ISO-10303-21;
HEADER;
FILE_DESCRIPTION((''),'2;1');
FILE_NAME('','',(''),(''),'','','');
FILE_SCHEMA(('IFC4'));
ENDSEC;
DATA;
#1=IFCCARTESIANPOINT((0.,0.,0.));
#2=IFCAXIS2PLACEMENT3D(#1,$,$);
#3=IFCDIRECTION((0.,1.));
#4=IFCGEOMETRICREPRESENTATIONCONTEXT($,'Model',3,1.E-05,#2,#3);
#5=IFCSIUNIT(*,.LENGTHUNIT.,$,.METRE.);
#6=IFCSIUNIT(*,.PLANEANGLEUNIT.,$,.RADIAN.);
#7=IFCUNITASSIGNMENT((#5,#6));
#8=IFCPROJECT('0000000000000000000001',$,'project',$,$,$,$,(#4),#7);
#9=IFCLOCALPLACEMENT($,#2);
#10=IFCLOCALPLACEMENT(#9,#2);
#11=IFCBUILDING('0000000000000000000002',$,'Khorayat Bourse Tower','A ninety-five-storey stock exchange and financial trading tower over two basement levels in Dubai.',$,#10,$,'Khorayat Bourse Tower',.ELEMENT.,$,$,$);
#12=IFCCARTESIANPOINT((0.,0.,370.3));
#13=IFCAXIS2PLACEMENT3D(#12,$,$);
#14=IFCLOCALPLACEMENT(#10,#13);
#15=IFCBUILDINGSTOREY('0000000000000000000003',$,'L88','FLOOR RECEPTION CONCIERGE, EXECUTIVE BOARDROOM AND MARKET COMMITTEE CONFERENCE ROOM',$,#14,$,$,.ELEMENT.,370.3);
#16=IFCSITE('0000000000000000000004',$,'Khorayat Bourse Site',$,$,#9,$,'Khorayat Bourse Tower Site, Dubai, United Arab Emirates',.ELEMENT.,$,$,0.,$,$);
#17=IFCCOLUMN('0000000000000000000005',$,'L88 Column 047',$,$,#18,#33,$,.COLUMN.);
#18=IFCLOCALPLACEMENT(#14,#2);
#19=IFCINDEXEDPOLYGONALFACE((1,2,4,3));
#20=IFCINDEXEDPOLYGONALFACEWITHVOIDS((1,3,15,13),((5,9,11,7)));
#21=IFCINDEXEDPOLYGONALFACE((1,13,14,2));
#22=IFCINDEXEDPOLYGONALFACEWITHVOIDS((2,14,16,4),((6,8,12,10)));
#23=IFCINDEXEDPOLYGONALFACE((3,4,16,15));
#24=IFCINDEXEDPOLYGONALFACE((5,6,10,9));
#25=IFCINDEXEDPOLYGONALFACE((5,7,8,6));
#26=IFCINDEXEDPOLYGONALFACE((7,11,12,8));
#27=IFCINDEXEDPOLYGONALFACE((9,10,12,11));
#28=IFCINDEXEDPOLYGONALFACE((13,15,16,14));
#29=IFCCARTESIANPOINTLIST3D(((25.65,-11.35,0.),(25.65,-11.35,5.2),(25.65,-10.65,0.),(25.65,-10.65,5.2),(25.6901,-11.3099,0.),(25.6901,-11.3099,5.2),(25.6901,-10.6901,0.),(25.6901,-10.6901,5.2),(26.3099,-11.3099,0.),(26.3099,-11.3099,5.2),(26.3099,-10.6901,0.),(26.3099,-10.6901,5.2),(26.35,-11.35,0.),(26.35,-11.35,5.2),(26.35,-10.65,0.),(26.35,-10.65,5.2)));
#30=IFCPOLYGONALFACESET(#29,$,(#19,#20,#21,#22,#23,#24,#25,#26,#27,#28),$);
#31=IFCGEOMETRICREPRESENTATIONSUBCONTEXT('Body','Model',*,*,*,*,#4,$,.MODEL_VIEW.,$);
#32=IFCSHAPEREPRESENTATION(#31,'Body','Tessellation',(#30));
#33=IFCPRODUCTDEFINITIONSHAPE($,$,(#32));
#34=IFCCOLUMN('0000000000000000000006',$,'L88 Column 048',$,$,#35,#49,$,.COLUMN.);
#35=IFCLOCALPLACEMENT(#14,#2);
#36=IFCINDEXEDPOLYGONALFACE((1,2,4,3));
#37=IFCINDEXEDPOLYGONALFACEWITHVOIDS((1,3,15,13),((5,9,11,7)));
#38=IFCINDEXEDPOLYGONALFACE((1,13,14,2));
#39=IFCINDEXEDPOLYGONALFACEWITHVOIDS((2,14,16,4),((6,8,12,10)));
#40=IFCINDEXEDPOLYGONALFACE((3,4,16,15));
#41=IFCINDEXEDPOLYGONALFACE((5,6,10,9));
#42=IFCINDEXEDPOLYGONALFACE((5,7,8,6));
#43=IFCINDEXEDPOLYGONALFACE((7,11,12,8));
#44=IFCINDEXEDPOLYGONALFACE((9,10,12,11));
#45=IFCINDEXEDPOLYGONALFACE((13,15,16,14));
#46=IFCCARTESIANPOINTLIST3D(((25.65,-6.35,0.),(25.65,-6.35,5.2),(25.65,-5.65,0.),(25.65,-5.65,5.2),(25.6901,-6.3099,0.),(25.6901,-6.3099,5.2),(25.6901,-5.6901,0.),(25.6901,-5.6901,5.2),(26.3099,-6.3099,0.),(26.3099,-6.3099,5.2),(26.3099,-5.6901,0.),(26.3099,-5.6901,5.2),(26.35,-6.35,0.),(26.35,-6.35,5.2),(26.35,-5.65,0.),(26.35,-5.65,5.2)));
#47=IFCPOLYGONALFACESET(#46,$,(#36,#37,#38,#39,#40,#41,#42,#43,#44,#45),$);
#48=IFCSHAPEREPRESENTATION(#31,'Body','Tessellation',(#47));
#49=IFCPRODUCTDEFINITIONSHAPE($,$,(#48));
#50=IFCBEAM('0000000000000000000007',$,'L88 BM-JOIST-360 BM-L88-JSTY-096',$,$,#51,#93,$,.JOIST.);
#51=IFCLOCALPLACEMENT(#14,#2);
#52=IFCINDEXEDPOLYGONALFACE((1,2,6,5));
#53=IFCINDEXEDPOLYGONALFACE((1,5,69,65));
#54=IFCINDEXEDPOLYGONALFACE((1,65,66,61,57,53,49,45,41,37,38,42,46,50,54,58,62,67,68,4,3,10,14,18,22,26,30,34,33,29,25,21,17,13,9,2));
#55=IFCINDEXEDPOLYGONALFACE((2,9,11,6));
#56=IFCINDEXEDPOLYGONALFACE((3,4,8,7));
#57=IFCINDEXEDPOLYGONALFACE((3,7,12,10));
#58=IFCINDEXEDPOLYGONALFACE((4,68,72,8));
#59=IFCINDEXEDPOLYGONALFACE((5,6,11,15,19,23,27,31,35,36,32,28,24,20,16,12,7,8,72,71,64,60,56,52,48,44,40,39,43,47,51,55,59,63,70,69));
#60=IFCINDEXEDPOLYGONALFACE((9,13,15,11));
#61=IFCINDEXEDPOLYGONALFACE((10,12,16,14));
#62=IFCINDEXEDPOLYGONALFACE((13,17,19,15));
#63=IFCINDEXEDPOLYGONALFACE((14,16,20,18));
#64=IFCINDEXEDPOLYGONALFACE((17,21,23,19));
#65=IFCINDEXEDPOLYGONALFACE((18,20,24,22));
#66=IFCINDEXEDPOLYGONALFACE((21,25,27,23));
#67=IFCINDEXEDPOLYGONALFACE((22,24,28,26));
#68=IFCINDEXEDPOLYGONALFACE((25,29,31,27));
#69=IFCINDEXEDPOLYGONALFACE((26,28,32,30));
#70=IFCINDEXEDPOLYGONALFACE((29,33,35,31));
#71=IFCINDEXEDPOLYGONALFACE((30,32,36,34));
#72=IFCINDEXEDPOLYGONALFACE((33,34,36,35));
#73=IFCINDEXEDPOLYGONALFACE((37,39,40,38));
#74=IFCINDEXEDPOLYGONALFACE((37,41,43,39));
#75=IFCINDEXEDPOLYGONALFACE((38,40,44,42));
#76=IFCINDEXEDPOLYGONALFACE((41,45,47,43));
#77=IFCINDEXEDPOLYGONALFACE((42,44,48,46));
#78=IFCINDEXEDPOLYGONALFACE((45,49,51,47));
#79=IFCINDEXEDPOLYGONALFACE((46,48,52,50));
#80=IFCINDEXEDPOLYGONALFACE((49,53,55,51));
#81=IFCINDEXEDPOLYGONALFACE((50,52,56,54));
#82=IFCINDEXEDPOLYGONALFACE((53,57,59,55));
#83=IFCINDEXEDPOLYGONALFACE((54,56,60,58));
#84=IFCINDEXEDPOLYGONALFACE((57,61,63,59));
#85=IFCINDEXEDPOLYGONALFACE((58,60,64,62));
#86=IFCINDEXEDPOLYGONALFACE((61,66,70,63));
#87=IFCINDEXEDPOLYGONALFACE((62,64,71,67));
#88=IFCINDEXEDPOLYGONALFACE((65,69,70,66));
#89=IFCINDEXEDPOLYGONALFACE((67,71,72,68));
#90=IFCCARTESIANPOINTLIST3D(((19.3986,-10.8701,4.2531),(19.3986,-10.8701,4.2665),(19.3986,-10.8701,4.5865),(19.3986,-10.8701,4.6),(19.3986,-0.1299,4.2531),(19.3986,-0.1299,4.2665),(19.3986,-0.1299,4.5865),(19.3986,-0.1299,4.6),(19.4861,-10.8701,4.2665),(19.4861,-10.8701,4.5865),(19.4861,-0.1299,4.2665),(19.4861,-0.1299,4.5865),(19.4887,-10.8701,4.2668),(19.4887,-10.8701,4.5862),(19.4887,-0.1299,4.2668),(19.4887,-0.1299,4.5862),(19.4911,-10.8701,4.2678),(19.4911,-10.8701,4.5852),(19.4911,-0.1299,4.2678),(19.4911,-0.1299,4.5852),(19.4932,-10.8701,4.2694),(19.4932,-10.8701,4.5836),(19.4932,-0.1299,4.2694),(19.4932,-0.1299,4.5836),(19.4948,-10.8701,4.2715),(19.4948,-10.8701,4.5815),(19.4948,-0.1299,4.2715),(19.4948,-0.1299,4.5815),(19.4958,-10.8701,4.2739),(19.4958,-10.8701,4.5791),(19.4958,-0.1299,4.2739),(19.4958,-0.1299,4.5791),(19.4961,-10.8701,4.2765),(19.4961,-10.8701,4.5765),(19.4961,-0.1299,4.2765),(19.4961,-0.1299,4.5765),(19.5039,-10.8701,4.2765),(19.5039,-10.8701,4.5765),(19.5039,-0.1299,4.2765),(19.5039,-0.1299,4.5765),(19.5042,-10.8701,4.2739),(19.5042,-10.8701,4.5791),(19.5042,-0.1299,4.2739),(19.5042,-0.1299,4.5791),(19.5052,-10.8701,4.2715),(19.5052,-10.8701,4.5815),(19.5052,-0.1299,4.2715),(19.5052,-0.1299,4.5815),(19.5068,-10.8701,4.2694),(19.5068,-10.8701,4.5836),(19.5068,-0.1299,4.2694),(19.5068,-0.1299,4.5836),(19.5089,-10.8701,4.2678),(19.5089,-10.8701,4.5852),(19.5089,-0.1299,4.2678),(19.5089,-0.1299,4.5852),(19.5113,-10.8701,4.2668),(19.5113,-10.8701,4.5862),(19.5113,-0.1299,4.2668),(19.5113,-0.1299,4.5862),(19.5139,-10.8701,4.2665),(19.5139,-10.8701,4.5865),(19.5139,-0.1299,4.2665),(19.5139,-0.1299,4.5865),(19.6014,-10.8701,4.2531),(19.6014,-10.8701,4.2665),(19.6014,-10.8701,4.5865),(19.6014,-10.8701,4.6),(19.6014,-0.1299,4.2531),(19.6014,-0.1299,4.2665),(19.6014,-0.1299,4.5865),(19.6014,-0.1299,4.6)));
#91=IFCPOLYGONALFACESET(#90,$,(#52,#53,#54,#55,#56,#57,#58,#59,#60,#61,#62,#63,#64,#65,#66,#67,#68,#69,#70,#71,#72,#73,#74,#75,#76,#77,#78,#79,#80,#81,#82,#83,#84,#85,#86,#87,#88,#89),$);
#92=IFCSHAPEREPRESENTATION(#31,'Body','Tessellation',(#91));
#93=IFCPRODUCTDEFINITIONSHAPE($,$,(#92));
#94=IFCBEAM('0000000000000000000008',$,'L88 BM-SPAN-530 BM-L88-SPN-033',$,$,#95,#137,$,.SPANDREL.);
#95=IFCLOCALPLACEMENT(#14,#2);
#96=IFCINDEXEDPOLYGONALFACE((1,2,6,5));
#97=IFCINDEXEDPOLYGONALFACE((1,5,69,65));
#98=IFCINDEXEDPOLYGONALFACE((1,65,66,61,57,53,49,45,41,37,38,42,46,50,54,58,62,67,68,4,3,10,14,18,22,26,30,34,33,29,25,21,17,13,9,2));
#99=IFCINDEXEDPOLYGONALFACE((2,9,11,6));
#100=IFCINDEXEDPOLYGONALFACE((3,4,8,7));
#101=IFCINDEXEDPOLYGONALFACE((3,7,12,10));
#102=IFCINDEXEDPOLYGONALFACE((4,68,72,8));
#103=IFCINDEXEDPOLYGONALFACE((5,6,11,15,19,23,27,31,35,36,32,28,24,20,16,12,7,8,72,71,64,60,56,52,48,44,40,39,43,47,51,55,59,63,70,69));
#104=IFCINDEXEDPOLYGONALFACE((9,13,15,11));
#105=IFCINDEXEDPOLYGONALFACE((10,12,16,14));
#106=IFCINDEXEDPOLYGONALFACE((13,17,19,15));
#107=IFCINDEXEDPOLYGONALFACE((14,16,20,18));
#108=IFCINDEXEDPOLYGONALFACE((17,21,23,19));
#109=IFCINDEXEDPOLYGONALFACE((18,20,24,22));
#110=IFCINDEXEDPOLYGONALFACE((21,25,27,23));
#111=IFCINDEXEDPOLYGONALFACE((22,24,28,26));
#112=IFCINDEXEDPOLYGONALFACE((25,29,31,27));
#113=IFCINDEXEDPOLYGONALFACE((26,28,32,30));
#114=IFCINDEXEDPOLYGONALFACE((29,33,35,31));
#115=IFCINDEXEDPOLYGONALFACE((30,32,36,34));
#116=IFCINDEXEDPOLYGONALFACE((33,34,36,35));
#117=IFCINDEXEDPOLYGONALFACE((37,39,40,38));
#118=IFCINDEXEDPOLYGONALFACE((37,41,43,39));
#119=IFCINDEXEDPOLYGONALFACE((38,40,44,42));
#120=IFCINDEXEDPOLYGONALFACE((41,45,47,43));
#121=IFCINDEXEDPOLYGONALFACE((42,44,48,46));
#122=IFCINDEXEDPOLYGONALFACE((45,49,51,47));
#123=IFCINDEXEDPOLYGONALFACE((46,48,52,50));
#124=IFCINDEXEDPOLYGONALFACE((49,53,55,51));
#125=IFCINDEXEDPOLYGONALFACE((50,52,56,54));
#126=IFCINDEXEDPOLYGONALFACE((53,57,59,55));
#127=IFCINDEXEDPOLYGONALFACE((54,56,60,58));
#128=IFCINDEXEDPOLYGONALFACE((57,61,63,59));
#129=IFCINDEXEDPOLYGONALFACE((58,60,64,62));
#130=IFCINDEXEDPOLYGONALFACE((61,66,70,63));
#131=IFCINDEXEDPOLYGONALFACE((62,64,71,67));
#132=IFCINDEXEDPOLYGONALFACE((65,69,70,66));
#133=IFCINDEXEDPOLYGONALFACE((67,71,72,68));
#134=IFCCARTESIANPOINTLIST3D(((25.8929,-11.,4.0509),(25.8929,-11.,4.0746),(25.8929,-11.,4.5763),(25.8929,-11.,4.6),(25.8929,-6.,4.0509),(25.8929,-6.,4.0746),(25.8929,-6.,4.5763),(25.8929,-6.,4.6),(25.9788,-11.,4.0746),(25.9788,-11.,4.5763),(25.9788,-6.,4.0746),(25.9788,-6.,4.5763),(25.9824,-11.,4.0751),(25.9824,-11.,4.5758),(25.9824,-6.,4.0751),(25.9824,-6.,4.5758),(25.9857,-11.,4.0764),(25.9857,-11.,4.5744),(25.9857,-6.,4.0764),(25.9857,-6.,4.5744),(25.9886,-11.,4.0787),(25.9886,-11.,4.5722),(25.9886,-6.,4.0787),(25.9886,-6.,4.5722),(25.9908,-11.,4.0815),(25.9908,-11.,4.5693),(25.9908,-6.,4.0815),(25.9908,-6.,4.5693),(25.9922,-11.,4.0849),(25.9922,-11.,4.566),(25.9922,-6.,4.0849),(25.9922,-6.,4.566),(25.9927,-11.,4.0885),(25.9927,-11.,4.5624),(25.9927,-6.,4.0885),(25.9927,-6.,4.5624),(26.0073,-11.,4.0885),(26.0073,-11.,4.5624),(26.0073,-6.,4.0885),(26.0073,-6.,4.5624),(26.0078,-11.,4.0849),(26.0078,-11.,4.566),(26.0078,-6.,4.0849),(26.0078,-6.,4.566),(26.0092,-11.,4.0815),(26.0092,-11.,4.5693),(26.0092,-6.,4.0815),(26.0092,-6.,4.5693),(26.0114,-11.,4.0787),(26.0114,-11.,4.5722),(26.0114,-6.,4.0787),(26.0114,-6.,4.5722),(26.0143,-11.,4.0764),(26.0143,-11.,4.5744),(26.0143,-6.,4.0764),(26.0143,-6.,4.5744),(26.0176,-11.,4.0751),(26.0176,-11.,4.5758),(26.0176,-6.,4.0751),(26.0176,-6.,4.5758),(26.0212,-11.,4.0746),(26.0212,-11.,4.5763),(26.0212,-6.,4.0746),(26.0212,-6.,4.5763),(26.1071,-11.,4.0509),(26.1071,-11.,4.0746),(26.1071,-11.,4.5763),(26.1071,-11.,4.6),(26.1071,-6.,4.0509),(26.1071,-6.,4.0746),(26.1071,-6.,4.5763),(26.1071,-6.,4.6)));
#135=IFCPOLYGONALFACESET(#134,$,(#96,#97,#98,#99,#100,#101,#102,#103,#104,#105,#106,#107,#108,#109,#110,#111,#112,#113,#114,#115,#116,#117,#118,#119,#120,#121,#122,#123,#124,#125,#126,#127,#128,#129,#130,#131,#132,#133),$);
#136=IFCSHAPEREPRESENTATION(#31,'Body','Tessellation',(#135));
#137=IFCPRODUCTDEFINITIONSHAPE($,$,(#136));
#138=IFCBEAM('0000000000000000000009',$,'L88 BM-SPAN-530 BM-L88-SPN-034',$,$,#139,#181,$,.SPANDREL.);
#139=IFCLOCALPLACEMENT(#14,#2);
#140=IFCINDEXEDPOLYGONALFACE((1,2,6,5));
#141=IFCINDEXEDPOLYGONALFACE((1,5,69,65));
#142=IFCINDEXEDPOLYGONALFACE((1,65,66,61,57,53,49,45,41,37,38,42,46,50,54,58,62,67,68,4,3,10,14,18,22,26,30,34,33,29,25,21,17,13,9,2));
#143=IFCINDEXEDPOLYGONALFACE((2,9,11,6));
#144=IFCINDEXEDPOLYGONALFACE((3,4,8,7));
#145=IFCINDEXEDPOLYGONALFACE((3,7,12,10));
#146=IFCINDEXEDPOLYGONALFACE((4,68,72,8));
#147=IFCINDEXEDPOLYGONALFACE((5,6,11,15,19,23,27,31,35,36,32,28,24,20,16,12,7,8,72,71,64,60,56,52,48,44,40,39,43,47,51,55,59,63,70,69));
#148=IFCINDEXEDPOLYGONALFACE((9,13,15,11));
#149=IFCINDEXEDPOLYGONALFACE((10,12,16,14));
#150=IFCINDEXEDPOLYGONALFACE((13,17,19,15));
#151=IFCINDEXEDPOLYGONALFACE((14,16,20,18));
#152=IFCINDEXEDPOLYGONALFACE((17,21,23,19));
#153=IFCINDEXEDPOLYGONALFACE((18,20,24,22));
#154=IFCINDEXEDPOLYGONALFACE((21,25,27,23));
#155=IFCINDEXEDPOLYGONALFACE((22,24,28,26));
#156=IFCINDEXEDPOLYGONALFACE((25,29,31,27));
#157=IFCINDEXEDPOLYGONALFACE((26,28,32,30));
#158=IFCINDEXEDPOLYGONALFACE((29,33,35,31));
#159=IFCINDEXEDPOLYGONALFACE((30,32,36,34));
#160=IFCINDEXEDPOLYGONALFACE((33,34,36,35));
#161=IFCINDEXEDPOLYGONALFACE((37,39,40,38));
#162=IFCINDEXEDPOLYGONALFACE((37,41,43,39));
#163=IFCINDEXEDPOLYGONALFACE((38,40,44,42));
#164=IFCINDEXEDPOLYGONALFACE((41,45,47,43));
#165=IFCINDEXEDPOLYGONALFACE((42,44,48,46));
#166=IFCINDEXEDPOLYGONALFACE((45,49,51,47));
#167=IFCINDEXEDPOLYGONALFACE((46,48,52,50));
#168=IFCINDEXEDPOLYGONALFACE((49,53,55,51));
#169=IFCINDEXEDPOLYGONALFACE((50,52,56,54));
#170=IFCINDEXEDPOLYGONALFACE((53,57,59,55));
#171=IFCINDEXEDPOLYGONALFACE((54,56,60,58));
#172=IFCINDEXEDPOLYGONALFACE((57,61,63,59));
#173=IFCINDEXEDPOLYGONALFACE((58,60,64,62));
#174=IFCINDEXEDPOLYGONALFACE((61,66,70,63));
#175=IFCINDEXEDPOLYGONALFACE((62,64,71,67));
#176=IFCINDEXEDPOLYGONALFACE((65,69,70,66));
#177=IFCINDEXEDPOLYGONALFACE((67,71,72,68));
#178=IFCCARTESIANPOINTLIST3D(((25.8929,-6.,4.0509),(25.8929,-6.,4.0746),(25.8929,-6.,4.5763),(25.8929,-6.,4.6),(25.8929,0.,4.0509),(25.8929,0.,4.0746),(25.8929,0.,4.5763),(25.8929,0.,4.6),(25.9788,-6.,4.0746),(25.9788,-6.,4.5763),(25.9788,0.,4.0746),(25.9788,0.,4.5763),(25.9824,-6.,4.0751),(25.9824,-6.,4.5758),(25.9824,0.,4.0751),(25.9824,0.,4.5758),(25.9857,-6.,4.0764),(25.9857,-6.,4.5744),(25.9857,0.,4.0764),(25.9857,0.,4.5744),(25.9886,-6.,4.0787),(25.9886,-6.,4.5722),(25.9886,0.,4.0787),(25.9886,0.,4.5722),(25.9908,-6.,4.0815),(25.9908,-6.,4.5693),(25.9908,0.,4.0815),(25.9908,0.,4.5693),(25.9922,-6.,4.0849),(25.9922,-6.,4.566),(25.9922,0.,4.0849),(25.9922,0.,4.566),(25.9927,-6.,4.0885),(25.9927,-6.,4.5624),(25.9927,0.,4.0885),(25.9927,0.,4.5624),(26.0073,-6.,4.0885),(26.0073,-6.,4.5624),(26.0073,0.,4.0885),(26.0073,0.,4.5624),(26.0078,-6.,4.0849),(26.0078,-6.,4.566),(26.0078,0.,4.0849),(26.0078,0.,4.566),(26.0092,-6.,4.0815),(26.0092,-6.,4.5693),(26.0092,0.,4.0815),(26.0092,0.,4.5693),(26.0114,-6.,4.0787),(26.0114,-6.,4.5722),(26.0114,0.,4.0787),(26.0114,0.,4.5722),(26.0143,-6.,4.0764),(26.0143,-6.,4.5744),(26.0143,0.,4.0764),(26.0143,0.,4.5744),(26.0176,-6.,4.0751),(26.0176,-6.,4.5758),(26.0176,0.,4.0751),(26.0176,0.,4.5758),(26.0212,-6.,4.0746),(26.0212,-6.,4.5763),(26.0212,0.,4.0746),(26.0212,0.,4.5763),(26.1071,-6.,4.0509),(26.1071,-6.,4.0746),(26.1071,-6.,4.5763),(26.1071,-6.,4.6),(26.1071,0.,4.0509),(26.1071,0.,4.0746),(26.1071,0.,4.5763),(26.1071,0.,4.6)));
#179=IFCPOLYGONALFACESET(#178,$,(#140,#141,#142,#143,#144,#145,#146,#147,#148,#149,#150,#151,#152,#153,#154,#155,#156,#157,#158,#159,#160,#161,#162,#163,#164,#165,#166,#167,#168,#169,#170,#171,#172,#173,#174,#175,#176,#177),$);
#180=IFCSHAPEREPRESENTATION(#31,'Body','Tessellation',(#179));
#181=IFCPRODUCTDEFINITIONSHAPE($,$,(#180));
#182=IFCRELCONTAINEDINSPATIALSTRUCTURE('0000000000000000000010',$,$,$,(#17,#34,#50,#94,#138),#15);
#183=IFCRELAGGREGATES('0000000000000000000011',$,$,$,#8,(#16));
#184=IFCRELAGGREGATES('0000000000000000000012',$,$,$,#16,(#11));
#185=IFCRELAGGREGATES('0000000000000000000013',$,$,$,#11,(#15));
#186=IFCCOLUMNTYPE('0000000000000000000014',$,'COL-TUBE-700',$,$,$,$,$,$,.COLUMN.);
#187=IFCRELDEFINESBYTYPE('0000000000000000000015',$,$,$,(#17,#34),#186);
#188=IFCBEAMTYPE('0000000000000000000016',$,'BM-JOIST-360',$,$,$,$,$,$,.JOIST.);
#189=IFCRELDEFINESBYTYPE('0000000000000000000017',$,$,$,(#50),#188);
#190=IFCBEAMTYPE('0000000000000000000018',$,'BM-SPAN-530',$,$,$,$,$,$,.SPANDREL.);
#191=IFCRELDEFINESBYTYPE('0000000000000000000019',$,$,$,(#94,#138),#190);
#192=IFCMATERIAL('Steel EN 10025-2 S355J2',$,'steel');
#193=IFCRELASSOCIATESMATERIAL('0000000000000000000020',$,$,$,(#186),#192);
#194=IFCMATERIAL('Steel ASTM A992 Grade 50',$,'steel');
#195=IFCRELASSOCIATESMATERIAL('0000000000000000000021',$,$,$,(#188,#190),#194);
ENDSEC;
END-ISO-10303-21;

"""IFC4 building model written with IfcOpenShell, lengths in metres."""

from ifc_helpers import new_model, si_unit, direction, frame, origin, origin_2d, place, context, subcontext, project, spatial, hollow_rectangle, i_section, extrude, source, transform, mapped, material, material_profile, profile_set, type_object, element, save


model = new_model("IFC4")

# Units and contexts
model_context = context("Model", 3, precision=1e-05, world=origin(), true_north=direction((0.0, 1.0)))
body_context = subcontext(model_context, "Body", "Model", "MODEL_VIEW")
ifc_project = project(units=[si_unit("LENGTHUNIT", "METRE"), si_unit("PLANEANGLEUNIT", "RADIAN")], contexts=[model_context])

# Site, building, storey
site_placement = place(None, origin())
site = spatial("IfcSite", under=ifc_project, at=site_placement, Name="Khorayat Bourse Site", LongName="Khorayat Bourse Tower Site, Dubai, United Arab Emirates", CompositionType="ELEMENT", RefElevation=0.0)
building_placement = place(site_placement, origin())
building = spatial("IfcBuilding", under=site, at=building_placement, Name="Khorayat Bourse Tower", Description="A ninety-five-storey stock exchange and financial trading tower over two basement levels in Dubai.", LongName="Khorayat Bourse Tower", CompositionType="ELEMENT")
storey_placement = place(building_placement, frame((0.0, 0.0, 370.3)))
storey = spatial("IfcBuildingStorey", under=building, at=storey_placement, Name="L88", Description="FLOOR RECEPTION CONCIERGE, EXECUTIVE BOARDROOM AND MARKET COMMITTEE CONFERENCE ROOM", CompositionType="ELEMENT", Elevation=370.3)

# Columns
ifc_material_1 = material(Name="Steel EN 10025-2 S355J2", Category="steel")
ifc_material_profile_1 = material_profile(ifc_material_1, hollow_rectangle(XDim=0.7, YDim=0.7, WallThickness=0.04, at=origin_2d()), Name="BOX 700x700x40")
ifc_profile_set_1 = profile_set([ifc_material_profile_1], Name="Steel EN 10025-2 S355J2")
column_type = type_object("IfcColumnType", Name="COL-TUBE-700", PredefinedType="COLUMN", material=ifc_profile_set_1)
shared_shape_1 = source(origin(), body_context, "Body", "SweptSolid", [
    extrude(hollow_rectangle(XDim=0.7, YDim=0.7, WallThickness=0.04, at=origin_2d()), origin(), (0.0, 0.0, 1.0), 5.2),
])
for number, where, z_axis, x_axis, name in (
    (1, (26.0, -11.0, 0.0), (0.0, 0.0, 1.0), (1.0, 0.0, 0.0), "L88 Column 047"),
    (2, (26.0, -6.0, 0.0), (0.0, 0.0, 1.0), (1.0, 0.0, 0.0), "L88 Column 048"),
):
    element("IfcColumn", number, at=place(storey_placement, frame(where, z_axis=z_axis, x_axis=x_axis)), inside=storey, type_object=column_type, Name=name, PredefinedType="COLUMN", context=body_context, shape_type="MappedRepresentation", body=[
        mapped(shared_shape_1, transform((0.0, 0.0, 0.0), scale=1.0)),
    ])

# Beams
ifc_material_2 = material(Name="Steel ASTM A992 Grade 50", Category="steel")
ifc_material_profile_2 = material_profile(ifc_material_2, i_section(OverallWidth=0.2029, OverallDepth=0.3469, WebThickness=0.0078, FlangeThickness=0.0134, FilletRadius=0.01, at=origin_2d()), Name="W360X64")
ifc_profile_set_2 = profile_set([ifc_material_profile_2], Name="Steel ASTM A992 Grade 50")
beam_type_1 = type_object("IfcBeamType", Name="BM-JOIST-360", PredefinedType="JOIST", material=ifc_profile_set_2)
shared_shape_2 = source(origin(), body_context, "Body", "SweptSolid", [
    extrude(i_section(OverallWidth=0.2029, OverallDepth=0.3469, WebThickness=0.0078, FlangeThickness=0.0134, FilletRadius=0.01, at=origin_2d()), origin(), (0.0, 0.0, 1.0), 10.7402),
])
beam_1_placement = place(storey_placement, frame((19.5, -10.8701, 4.4265), z_axis=(0.0, 1.0, 0.0), x_axis=(-1.0, 0.0, 0.0)))
element("IfcBeam", 3, at=beam_1_placement, inside=storey, type_object=beam_type_1, Name="L88 BM-JOIST-360 BM-L88-JSTY-096", PredefinedType="JOIST", context=body_context, shape_type="MappedRepresentation", body=[
    mapped(shared_shape_2, transform((0.0, 0.0, 0.0), scale=1.0)),
])
ifc_material_profile_3 = material_profile(ifc_material_2, i_section(OverallWidth=0.2141, OverallDepth=0.5491, WebThickness=0.0146, FlangeThickness=0.0237, FilletRadius=0.0139, at=origin_2d()), Name="W530X138")
ifc_profile_set_3 = profile_set([ifc_material_profile_3], Name="Steel ASTM A992 Grade 50")
beam_type_2 = type_object("IfcBeamType", Name="BM-SPAN-530", PredefinedType="SPANDREL", material=ifc_profile_set_3)
shared_shape_3 = source(origin(), body_context, "Body", "SweptSolid", [
    extrude(i_section(OverallWidth=0.2141, OverallDepth=0.5491, WebThickness=0.0146, FlangeThickness=0.0237, FilletRadius=0.0139, at=origin_2d()), origin(), (0.0, 0.0, 1.0), 5.0),
])
beam_2_placement = place(storey_placement, frame((26.0, -11.0, 4.3254), z_axis=(0.0, 1.0, 0.0), x_axis=(-1.0, 0.0, 0.0)))
element("IfcBeam", 4, at=beam_2_placement, inside=storey, type_object=beam_type_2, Name="L88 BM-SPAN-530 BM-L88-SPN-033", PredefinedType="SPANDREL", context=body_context, shape_type="MappedRepresentation", body=[
    mapped(shared_shape_3, transform((0.0, 0.0, 0.0), scale=1.0)),
])
shared_shape_4 = source(origin(), body_context, "Body", "SweptSolid", [
    extrude(i_section(OverallWidth=0.2141, OverallDepth=0.5491, WebThickness=0.0146, FlangeThickness=0.0237, FilletRadius=0.0139, at=origin_2d()), origin(), (0.0, 0.0, 1.0), 6.0),
])
beam_3_placement = place(storey_placement, frame((26.0, -6.0, 4.3254), z_axis=(0.0, 1.0, 0.0), x_axis=(-1.0, 0.0, 0.0)))
element("IfcBeam", 5, at=beam_3_placement, inside=storey, type_object=beam_type_2, Name="L88 BM-SPAN-530 BM-L88-SPN-034", PredefinedType="SPANDREL", context=body_context, shape_type="MappedRepresentation", body=[
    mapped(shared_shape_4, transform((0.0, 0.0, 0.0), scale=1.0)),
])

save(model, "model.ifc")
